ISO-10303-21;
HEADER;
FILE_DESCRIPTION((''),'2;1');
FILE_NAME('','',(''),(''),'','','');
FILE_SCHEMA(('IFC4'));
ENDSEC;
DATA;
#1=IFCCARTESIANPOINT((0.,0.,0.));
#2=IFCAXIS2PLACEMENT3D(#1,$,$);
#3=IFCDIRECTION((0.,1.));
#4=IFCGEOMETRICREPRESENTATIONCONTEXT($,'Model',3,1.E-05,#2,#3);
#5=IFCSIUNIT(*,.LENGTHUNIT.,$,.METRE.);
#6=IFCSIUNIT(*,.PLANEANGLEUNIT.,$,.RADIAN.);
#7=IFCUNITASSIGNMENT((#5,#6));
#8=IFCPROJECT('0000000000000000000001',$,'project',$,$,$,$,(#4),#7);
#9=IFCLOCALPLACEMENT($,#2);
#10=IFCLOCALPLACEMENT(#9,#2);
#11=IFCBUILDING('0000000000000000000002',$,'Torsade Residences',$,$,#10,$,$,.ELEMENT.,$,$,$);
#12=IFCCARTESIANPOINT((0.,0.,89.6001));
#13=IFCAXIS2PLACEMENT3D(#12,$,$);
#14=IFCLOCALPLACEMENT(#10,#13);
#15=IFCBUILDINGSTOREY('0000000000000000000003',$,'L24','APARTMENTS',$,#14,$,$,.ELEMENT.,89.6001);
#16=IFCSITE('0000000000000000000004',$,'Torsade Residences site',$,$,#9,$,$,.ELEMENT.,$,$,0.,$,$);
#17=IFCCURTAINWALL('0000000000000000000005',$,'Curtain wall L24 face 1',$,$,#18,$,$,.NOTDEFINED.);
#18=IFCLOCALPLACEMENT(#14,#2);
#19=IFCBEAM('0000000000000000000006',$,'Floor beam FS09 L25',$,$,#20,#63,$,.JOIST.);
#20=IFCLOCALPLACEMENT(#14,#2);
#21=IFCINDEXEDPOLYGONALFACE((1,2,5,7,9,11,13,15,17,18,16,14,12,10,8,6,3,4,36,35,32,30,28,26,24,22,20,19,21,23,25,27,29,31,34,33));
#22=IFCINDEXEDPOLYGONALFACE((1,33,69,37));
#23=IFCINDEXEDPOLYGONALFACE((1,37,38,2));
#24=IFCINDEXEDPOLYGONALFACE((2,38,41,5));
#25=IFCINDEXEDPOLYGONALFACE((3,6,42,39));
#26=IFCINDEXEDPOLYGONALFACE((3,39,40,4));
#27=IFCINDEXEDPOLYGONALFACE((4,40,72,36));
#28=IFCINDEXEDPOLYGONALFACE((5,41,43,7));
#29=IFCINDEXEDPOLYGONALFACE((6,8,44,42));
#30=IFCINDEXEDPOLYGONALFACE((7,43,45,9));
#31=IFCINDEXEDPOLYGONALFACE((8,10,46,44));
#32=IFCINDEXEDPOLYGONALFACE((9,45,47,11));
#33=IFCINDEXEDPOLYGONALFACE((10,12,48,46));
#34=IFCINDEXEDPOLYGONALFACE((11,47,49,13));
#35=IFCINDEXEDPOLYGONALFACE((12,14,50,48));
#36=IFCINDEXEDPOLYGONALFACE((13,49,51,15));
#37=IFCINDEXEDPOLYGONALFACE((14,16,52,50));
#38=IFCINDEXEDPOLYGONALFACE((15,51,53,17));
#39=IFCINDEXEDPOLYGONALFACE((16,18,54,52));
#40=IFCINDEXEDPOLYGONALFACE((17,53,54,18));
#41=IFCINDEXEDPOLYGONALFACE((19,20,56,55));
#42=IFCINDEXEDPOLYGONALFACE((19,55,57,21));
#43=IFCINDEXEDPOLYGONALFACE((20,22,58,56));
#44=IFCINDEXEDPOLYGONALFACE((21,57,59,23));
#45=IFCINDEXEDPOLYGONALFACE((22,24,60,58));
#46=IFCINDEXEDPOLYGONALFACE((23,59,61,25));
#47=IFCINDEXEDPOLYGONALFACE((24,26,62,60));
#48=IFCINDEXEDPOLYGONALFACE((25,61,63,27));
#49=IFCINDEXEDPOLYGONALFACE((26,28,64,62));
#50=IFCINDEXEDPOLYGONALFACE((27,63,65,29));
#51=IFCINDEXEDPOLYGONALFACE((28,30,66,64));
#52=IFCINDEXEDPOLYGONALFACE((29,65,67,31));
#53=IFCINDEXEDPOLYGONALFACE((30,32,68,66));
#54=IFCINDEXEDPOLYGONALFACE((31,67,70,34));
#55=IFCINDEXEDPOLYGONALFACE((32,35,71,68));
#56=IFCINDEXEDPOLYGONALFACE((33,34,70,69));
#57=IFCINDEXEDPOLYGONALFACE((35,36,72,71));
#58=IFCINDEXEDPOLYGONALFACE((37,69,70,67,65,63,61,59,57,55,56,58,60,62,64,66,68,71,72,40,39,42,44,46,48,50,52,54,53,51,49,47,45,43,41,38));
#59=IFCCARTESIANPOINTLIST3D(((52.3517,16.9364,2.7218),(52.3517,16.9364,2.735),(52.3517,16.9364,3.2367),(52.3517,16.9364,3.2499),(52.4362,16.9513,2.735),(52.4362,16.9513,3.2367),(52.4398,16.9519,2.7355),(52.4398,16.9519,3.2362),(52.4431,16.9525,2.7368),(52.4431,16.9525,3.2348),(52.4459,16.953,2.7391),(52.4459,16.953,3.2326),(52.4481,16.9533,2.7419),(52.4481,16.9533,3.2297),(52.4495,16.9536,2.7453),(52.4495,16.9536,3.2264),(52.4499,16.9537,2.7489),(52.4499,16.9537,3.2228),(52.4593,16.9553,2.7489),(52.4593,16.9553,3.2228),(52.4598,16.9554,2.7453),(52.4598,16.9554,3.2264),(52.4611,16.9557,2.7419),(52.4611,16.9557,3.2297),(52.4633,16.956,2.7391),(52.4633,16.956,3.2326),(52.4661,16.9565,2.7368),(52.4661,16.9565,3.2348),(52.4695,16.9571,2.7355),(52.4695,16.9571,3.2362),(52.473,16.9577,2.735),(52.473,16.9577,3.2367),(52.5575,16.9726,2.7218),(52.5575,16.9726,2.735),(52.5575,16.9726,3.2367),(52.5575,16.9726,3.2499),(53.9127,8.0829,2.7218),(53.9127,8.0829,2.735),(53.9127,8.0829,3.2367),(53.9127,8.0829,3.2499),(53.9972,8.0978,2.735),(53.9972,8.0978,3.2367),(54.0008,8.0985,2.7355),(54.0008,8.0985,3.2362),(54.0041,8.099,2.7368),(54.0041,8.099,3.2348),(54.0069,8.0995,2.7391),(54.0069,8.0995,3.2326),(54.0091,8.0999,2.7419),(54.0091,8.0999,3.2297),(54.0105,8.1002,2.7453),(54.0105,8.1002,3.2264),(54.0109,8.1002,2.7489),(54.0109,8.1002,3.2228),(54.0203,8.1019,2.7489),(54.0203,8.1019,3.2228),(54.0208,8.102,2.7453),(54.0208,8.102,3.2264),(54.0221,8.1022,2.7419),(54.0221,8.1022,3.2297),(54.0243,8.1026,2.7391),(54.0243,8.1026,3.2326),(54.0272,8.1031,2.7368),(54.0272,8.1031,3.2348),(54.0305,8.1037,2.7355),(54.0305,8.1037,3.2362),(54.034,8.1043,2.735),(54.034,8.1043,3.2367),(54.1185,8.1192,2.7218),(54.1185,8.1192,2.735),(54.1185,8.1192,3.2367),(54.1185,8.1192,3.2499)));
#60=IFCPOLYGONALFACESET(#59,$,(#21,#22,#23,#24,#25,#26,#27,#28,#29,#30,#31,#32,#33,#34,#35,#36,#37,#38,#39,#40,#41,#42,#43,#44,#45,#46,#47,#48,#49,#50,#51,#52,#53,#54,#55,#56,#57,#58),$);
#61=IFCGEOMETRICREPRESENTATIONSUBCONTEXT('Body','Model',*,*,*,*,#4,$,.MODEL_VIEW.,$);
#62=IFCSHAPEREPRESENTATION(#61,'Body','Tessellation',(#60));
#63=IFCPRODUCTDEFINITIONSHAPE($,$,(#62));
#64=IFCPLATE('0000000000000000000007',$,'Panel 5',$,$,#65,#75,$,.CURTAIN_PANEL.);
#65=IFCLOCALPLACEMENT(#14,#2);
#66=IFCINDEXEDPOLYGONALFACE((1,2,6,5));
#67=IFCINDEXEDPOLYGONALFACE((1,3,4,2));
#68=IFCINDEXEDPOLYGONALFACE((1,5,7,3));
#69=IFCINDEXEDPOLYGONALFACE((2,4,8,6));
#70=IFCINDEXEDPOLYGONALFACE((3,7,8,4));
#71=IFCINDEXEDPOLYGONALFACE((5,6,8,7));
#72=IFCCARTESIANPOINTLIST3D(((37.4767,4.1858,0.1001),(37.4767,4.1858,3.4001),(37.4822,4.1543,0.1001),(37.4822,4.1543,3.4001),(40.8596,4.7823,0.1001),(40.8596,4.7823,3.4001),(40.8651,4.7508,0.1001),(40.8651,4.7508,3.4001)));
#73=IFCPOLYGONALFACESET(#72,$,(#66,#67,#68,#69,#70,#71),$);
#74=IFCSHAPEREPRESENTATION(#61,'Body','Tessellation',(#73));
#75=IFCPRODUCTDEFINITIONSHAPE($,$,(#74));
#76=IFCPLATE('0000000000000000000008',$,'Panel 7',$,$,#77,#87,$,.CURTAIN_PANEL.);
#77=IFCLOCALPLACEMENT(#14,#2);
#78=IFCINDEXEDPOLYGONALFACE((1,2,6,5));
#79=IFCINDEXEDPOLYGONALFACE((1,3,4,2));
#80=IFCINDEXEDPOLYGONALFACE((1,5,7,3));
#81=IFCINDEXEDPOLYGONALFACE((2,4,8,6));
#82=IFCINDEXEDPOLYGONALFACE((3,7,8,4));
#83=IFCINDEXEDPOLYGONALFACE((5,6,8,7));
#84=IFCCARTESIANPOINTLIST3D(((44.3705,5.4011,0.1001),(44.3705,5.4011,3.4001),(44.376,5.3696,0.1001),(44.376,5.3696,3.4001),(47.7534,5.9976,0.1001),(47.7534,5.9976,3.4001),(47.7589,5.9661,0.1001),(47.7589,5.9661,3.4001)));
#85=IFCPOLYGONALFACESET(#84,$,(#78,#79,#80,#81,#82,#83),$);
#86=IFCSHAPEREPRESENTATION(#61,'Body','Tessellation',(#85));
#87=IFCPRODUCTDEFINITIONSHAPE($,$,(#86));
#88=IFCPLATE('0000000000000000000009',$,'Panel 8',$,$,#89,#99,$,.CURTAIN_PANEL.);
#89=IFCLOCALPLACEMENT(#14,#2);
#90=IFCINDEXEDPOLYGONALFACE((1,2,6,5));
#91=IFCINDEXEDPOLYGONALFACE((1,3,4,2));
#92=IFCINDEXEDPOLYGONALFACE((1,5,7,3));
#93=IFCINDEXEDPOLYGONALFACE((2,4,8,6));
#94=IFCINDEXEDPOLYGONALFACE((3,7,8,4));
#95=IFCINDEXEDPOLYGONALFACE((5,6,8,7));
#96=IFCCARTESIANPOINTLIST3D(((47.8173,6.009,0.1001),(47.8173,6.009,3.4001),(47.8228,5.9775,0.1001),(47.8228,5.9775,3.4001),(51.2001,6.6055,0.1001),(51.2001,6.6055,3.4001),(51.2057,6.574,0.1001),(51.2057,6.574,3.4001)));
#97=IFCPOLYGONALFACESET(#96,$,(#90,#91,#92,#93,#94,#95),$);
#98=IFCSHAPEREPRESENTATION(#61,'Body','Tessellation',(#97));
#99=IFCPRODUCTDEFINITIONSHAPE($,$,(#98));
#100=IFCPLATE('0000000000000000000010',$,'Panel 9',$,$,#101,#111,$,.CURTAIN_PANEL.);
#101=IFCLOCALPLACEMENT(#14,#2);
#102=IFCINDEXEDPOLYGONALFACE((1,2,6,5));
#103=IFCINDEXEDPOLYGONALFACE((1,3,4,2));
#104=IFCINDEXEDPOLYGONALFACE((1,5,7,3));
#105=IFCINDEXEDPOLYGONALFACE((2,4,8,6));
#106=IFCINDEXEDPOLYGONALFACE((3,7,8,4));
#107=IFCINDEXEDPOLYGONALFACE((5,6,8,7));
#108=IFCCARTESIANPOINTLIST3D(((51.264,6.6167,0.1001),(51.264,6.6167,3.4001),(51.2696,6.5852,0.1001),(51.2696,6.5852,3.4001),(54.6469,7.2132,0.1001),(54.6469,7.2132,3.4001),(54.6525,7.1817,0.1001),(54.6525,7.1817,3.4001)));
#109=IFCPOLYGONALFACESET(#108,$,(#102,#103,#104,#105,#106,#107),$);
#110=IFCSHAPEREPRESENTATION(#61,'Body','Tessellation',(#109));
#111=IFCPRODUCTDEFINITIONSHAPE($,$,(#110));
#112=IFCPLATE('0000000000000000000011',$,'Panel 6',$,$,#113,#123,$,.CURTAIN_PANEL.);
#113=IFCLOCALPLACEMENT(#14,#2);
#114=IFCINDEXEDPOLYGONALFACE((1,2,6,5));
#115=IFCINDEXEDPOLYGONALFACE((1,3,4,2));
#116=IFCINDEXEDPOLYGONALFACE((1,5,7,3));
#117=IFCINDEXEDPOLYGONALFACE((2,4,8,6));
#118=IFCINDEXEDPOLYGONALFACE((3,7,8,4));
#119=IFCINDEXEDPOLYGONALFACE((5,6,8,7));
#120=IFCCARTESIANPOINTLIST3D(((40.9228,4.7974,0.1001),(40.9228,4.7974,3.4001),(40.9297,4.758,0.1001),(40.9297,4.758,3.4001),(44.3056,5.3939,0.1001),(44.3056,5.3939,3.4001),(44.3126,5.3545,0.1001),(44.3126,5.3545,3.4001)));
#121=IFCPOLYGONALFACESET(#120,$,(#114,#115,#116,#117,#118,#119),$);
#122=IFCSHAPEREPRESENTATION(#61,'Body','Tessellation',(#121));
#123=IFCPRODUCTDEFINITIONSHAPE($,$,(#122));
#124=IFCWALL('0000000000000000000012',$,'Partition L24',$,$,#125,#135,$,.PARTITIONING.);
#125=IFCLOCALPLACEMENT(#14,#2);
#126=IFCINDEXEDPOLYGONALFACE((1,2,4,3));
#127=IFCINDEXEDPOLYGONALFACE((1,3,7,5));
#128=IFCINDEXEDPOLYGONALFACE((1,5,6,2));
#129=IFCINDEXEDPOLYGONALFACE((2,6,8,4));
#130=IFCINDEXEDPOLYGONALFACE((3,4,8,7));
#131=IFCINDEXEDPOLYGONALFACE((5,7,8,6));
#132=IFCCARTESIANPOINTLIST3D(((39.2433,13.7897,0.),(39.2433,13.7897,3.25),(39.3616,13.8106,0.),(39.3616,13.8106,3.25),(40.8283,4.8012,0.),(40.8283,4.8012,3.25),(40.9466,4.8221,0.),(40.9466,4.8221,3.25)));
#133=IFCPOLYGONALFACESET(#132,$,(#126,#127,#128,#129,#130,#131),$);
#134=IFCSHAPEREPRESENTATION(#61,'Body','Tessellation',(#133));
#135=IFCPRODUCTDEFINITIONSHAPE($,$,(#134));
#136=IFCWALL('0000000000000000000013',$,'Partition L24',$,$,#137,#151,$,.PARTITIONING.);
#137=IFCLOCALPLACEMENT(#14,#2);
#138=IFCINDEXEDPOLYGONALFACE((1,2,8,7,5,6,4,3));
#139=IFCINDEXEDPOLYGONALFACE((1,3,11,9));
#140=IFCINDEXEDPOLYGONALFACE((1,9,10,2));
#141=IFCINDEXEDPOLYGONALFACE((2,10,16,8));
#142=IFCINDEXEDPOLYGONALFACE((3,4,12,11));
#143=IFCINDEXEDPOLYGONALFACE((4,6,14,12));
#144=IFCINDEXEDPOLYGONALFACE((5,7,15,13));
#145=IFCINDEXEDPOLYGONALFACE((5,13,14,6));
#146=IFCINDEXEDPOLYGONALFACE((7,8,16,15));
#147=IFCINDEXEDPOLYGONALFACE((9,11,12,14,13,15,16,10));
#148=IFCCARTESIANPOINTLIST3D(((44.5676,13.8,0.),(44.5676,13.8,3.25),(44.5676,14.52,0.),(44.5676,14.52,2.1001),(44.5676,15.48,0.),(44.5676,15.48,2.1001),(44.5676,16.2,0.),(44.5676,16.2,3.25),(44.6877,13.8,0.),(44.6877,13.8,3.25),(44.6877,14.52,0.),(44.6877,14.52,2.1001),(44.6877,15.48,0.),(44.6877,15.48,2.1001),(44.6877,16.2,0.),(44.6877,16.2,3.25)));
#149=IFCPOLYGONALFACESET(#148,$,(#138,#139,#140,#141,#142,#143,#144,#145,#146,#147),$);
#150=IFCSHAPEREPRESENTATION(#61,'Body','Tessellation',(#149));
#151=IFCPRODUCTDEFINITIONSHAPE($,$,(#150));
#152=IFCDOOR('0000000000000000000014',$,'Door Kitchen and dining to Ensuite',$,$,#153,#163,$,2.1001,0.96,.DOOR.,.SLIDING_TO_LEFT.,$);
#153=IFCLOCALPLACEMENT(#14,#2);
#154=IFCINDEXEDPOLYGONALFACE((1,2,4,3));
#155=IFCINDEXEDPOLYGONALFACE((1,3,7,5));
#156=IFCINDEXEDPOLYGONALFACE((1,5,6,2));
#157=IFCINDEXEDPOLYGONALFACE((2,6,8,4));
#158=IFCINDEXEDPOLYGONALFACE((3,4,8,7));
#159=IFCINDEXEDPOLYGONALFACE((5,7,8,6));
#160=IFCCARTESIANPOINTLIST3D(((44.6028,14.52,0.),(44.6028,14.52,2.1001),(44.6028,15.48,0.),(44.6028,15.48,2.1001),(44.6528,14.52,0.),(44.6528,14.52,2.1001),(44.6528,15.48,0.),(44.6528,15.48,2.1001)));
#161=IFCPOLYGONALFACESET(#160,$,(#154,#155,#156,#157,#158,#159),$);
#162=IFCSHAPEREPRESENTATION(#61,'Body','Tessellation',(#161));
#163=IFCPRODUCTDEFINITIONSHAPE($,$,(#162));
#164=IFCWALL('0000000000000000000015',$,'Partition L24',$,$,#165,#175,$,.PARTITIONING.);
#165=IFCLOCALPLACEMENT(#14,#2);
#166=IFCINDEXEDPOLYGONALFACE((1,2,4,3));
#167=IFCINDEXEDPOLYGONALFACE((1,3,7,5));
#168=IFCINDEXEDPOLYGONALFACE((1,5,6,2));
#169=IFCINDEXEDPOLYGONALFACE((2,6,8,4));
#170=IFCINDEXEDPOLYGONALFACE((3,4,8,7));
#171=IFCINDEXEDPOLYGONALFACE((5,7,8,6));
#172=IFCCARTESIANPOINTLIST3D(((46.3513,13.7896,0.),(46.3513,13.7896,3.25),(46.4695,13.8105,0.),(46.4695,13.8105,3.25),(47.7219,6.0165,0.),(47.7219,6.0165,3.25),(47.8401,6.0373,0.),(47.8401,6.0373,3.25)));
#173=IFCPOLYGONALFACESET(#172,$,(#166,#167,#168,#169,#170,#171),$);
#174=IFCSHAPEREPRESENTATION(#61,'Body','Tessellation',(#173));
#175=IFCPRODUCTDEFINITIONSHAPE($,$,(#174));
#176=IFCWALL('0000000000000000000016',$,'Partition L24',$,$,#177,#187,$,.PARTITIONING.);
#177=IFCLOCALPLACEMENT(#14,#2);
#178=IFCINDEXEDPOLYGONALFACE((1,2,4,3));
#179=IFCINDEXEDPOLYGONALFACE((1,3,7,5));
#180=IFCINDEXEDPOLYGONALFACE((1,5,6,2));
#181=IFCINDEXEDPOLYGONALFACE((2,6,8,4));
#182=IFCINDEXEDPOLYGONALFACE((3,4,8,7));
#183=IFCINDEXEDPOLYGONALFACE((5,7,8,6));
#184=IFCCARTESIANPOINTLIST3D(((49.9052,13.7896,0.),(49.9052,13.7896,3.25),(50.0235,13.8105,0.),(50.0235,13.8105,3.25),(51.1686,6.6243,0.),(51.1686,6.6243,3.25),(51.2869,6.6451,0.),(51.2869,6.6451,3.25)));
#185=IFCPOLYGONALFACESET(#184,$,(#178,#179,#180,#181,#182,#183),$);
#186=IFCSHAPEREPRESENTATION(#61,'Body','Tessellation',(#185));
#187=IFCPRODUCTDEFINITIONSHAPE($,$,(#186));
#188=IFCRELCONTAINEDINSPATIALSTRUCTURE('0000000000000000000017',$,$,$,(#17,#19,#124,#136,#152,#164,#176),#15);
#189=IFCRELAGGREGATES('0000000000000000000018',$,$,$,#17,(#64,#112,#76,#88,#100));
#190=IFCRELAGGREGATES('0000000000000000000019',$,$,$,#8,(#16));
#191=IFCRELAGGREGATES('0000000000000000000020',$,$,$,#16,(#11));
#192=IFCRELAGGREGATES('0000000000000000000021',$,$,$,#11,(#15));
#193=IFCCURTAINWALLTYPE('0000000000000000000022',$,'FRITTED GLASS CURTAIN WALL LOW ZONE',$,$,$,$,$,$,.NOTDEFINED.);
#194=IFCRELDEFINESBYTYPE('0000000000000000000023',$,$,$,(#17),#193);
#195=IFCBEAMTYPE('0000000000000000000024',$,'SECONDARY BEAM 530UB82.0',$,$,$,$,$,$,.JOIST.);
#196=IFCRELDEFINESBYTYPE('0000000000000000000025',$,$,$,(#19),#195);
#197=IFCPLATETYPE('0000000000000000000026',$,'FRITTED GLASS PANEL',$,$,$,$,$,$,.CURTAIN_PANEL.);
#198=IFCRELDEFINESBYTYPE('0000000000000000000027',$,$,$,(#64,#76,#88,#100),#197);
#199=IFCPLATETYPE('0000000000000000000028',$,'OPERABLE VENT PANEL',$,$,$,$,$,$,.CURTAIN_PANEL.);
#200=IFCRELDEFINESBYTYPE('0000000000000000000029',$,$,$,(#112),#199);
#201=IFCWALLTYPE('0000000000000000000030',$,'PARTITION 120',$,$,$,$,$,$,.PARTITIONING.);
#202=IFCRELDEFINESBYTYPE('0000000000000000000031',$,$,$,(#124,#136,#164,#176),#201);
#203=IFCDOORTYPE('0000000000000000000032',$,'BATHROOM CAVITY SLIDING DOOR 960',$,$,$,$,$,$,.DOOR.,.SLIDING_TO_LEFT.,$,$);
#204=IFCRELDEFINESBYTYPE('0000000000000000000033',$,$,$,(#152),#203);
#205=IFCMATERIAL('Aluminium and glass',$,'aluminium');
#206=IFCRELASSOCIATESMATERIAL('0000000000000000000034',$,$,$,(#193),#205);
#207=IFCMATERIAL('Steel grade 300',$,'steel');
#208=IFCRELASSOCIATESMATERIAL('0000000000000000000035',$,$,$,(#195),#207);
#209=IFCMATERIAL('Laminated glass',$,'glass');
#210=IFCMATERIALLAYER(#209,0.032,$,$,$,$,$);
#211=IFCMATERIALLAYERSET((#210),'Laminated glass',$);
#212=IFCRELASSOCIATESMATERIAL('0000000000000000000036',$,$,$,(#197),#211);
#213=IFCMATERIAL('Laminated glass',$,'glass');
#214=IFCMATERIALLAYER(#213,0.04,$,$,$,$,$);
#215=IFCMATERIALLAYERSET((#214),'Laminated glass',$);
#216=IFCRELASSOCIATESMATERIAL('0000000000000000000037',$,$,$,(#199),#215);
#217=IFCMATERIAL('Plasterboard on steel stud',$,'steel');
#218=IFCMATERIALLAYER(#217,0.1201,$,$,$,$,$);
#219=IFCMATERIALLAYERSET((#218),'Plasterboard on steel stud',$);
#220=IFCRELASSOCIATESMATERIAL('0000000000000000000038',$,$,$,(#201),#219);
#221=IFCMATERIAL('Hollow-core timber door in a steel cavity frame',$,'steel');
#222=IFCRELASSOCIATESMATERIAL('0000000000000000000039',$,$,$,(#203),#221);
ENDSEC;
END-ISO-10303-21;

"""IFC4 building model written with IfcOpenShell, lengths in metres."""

from ifc_helpers import new_model, si_unit, direction, frame, frame_2d, origin, origin_2d, place, context, subcontext, project, spatial, rectangle, i_section, extrude, material, layer, layer_set, material_profile, profile_set, type_object, element, fill, aggregate, save


model = new_model("IFC4")

# Units and contexts
model_context = context("Model", 3, precision=1e-05, world=origin(), true_north=direction((0.0, 1.0)))
body_context = subcontext(model_context, "Body", "Model", "MODEL_VIEW")
ifc_project = project(units=[si_unit("LENGTHUNIT", "METRE"), si_unit("PLANEANGLEUNIT", "RADIAN")], contexts=[model_context])

# Site, building, storey
site_placement = place(None, origin())
site = spatial("IfcSite", under=ifc_project, at=site_placement, Name="Torsade Residences site", CompositionType="ELEMENT", RefElevation=0.0)
building_placement = place(site_placement, origin())
building = spatial("IfcBuilding", under=site, at=building_placement, Name="Torsade Residences", CompositionType="ELEMENT")
storey_placement = place(building_placement, frame((0.0, 0.0, 89.6001)))
storey = spatial("IfcBuildingStorey", under=building, at=storey_placement, Name="L24", Description="APARTMENTS", CompositionType="ELEMENT", Elevation=89.6001)

# Curtain wall
ifc_material_1 = material(Name="Aluminium and glass", Category="aluminium")
curtain_wall_type = type_object("IfcCurtainWallType", Name="FRITTED GLASS CURTAIN WALL LOW ZONE", PredefinedType="NOTDEFINED", material=ifc_material_1)
curtain_wall_placement = place(storey_placement, origin())
curtain_wall = element("IfcCurtainWall", 1, at=curtain_wall_placement, inside=storey, type_object=curtain_wall_type, Name="Curtain wall L24 face 1", PredefinedType="NOTDEFINED")

# Beam
ifc_material_2 = material(Name="Steel grade 300", Category="steel")
ifc_material_profile_1 = material_profile(ifc_material_2, i_section(OverallWidth=0.209, OverallDepth=0.5281, WebThickness=0.0095, FlangeThickness=0.0132, FilletRadius=0.0139, at=origin_2d()), Name="530UB82.0")
ifc_profile_set_1 = profile_set([ifc_material_profile_1], Name="Steel grade 300")
beam_type_1 = type_object("IfcBeamType", Name="SECONDARY BEAM 530UB82.0", PredefinedType="JOIST", material=ifc_profile_set_1)
beam_1_placement = place(storey_placement, frame((54.0156, 8.1011, 2.9858), z_axis=(-0.17364, 0.984809, 0.0), x_axis=(-0.984809, -0.17364, 0.0)))
element("IfcBeam", 2, at=beam_1_placement, inside=storey, type_object=beam_type_1, Name="Floor beam FS09 L25", PredefinedType="JOIST", context=body_context, shape_type="SweptSolid", body=[
    extrude(i_section(OverallWidth=0.209, OverallDepth=0.5281, WebThickness=0.0095, FlangeThickness=0.0132, FilletRadius=0.0139, at=origin_2d()), origin(), (0.0, 0.0, 1.0), 8.99),
])

# Plates
ifc_material_3 = material(Name="Laminated glass", Category="glass")
ifc_layer_1 = layer(ifc_material_3, 0.032)
ifc_layer_set_1 = layer_set([ifc_layer_1], Name="Laminated glass")
plate_type_1 = type_object("IfcPlateType", Name="FRITTED GLASS PANEL", PredefinedType="CURTAIN_PANEL", material=ifc_layer_set_1)
plate_1_placement = place(storey_placement, frame((39.1709, 4.4683, 0.1001), z_axis=(0.0, 0.0, 1.0), x_axis=(0.984808, 0.173648, 0.0)))
plate_1 = element("IfcPlate", 3, at=plate_1_placement, type_object=plate_type_1, Name="Panel 5", PredefinedType="CURTAIN_PANEL", context=body_context, shape_type="SweptSolid", body=[
    extrude(rectangle(XDim=3.4351, YDim=0.032, at=origin_2d()), origin(), (0.0, 0.0, 1.0), 3.3),
])
plate_2_placement = place(storey_placement, frame((46.0647, 5.6836, 0.1001), z_axis=(0.0, 0.0, 1.0), x_axis=(0.984808, 0.173648, 0.0)))
plate_2 = element("IfcPlate", 4, at=plate_2_placement, type_object=plate_type_1, Name="Panel 7", PredefinedType="CURTAIN_PANEL", context=body_context, shape_type="SweptSolid", body=[
    extrude(rectangle(XDim=3.4351, YDim=0.032, at=origin_2d()), origin(), (0.0, 0.0, 1.0), 3.3),
])
plate_3_placement = place(storey_placement, frame((49.5115, 6.2915, 0.1001), z_axis=(0.0, 0.0, 1.0), x_axis=(0.984808, 0.173648, 0.0)))
plate_3 = element("IfcPlate", 5, at=plate_3_placement, type_object=plate_type_1, Name="Panel 8", PredefinedType="CURTAIN_PANEL", context=body_context, shape_type="SweptSolid", body=[
    extrude(rectangle(XDim=3.4351, YDim=0.032, at=origin_2d()), origin(), (0.0, 0.0, 1.0), 3.3),
])
plate_4_placement = place(storey_placement, frame((52.9583, 6.8992, 0.1001), z_axis=(0.0, 0.0, 1.0), x_axis=(0.984808, 0.173648, 0.0)))
plate_4 = element("IfcPlate", 6, at=plate_4_placement, type_object=plate_type_1, Name="Panel 9", PredefinedType="CURTAIN_PANEL", context=body_context, shape_type="SweptSolid", body=[
    extrude(rectangle(XDim=3.4351, YDim=0.032, at=origin_2d()), origin(), (0.0, 0.0, 1.0), 3.3),
])
ifc_material_4 = material(Name="Laminated glass", Category="glass")
ifc_layer_2 = layer(ifc_material_4, 0.04)
ifc_layer_set_2 = layer_set([ifc_layer_2], Name="Laminated glass")
plate_type_2 = type_object("IfcPlateType", Name="OPERABLE VENT PANEL", PredefinedType="CURTAIN_PANEL", material=ifc_layer_set_2)
plate_5_placement = place(storey_placement, frame((42.6177, 5.0759, 0.1001), z_axis=(0.0, 0.0, 1.0), x_axis=(0.984808, 0.173648, 0.0)))
plate_5 = element("IfcPlate", 7, at=plate_5_placement, type_object=plate_type_2, Name="Panel 6", PredefinedType="CURTAIN_PANEL", context=body_context, shape_type="SweptSolid", body=[
    extrude(rectangle(XDim=3.4351, YDim=0.04, at=origin_2d()), origin(), (0.0, 0.0, 1.0), 3.3),
])
aggregate(curtain_wall, [plate_1, plate_5, plate_2, plate_3, plate_4])

# Wall
ifc_material_5 = material(Name="Plasterboard on steel stud", Category="steel")
ifc_layer_3 = layer(ifc_material_5, 0.1201)
ifc_layer_set_3 = layer_set([ifc_layer_3], Name="Plasterboard on steel stud")
wall_type_1 = type_object("IfcWallType", Name="PARTITION 120", PredefinedType="PARTITIONING", material=ifc_layer_set_3)
wall_1_placement = place(storey_placement, frame((39.3025, 13.8, 0.0), z_axis=(0.0, 0.0, 1.0), x_axis=(0.173653, -0.984807, 0.0)))
element("IfcWall", 8, at=wall_1_placement, inside=storey, type_object=wall_type_1, Name="Partition L24", PredefinedType="PARTITIONING", context=body_context, shape_type="SweptSolid", body=[
    extrude(rectangle(XDim=9.1272, YDim=0.1201, at=frame_2d((4.5635, 0.0))), origin(), (0.0, 0.0, 1.0), 3.25),
])

# Wall, opening, door
wall_2_placement = place(storey_placement, frame((44.6277, 13.8, 0.0), z_axis=(0.0, 0.0, 1.0), x_axis=(0.0, 1.0, 0.0)))
wall_2 = element("IfcWall", 9, at=wall_2_placement, inside=storey, type_object=wall_type_1, Name="Partition L24", PredefinedType="PARTITIONING", context=body_context, shape_type="SweptSolid", body=[
    extrude(rectangle(XDim=2.3999, YDim=0.1201, at=frame_2d((1.2, 0.0))), origin(), (0.0, 0.0, 1.0), 3.25),
])
opening_placement = place(wall_2_placement, frame((0.72, 0.0, 0.0)))
opening = element("IfcOpeningElement", 10, at=opening_placement, cuts=wall_2, PredefinedType="OPENING", context=body_context, shape_type="SweptSolid", body=[
    extrude(rectangle(XDim=0.96, YDim=2.1001, at=frame_2d((0.48, 1.05))), frame((0.0, 0.0701, 0.0), z_axis=(0.0, -1.0, 0.0), x_axis=(1.0, 0.0, 0.0)), (0.0, 0.0, 1.0), 0.1401),
])
ifc_material_6 = material(Name="Hollow-core timber door in a steel cavity frame", Category="steel")
door_type = type_object("IfcDoorType", Name="BATHROOM CAVITY SLIDING DOOR 960", OperationType="SLIDING_TO_LEFT", PredefinedType="DOOR", material=ifc_material_6)
door_placement = place(opening_placement, origin())
door = element("IfcDoor", 11, at=door_placement, inside=storey, type_object=door_type, Name="Door Kitchen and dining to Ensuite", OperationType="SLIDING_TO_LEFT", OverallHeight=2.1001, OverallWidth=0.96, PredefinedType="DOOR", context=body_context, shape_type="SweptSolid", body=[
    extrude(rectangle(XDim=0.96, YDim=2.1001, at=frame_2d((0.48, 1.05))), frame((0.0, 0.0249, 0.0), z_axis=(0.0, -1.0, 0.0), x_axis=(1.0, 0.0, 0.0)), (0.0, 0.0, 1.0), 0.05),
])
fill(opening, door)

# Walls
wall_3_placement = place(storey_placement, frame((46.4104, 13.8, 0.0), z_axis=(0.0, 0.0, 1.0), x_axis=(0.173646, -0.984808, 0.0)))
element("IfcWall", 12, at=wall_3_placement, inside=storey, type_object=wall_type_1, Name="Partition L24", PredefinedType="PARTITIONING", context=body_context, shape_type="SweptSolid", body=[
    extrude(rectangle(XDim=7.8931, YDim=0.1201, at=frame_2d((3.9465, 0.0))), origin(), (0.0, 0.0, 1.0), 3.25),
])
wall_4_placement = place(storey_placement, frame((49.9644, 13.8, 0.0), z_axis=(0.0, 0.0, 1.0), x_axis=(0.173648, -0.984808, 0.0)))
element("IfcWall", 13, at=wall_4_placement, inside=storey, type_object=wall_type_1, Name="Partition L24", PredefinedType="PARTITIONING", context=body_context, shape_type="SweptSolid", body=[
    extrude(rectangle(XDim=7.2759, YDim=0.1201, at=frame_2d((3.6379, 0.0))), origin(), (0.0, 0.0, 1.0), 3.25),
])

save(model, "model.ifc")
